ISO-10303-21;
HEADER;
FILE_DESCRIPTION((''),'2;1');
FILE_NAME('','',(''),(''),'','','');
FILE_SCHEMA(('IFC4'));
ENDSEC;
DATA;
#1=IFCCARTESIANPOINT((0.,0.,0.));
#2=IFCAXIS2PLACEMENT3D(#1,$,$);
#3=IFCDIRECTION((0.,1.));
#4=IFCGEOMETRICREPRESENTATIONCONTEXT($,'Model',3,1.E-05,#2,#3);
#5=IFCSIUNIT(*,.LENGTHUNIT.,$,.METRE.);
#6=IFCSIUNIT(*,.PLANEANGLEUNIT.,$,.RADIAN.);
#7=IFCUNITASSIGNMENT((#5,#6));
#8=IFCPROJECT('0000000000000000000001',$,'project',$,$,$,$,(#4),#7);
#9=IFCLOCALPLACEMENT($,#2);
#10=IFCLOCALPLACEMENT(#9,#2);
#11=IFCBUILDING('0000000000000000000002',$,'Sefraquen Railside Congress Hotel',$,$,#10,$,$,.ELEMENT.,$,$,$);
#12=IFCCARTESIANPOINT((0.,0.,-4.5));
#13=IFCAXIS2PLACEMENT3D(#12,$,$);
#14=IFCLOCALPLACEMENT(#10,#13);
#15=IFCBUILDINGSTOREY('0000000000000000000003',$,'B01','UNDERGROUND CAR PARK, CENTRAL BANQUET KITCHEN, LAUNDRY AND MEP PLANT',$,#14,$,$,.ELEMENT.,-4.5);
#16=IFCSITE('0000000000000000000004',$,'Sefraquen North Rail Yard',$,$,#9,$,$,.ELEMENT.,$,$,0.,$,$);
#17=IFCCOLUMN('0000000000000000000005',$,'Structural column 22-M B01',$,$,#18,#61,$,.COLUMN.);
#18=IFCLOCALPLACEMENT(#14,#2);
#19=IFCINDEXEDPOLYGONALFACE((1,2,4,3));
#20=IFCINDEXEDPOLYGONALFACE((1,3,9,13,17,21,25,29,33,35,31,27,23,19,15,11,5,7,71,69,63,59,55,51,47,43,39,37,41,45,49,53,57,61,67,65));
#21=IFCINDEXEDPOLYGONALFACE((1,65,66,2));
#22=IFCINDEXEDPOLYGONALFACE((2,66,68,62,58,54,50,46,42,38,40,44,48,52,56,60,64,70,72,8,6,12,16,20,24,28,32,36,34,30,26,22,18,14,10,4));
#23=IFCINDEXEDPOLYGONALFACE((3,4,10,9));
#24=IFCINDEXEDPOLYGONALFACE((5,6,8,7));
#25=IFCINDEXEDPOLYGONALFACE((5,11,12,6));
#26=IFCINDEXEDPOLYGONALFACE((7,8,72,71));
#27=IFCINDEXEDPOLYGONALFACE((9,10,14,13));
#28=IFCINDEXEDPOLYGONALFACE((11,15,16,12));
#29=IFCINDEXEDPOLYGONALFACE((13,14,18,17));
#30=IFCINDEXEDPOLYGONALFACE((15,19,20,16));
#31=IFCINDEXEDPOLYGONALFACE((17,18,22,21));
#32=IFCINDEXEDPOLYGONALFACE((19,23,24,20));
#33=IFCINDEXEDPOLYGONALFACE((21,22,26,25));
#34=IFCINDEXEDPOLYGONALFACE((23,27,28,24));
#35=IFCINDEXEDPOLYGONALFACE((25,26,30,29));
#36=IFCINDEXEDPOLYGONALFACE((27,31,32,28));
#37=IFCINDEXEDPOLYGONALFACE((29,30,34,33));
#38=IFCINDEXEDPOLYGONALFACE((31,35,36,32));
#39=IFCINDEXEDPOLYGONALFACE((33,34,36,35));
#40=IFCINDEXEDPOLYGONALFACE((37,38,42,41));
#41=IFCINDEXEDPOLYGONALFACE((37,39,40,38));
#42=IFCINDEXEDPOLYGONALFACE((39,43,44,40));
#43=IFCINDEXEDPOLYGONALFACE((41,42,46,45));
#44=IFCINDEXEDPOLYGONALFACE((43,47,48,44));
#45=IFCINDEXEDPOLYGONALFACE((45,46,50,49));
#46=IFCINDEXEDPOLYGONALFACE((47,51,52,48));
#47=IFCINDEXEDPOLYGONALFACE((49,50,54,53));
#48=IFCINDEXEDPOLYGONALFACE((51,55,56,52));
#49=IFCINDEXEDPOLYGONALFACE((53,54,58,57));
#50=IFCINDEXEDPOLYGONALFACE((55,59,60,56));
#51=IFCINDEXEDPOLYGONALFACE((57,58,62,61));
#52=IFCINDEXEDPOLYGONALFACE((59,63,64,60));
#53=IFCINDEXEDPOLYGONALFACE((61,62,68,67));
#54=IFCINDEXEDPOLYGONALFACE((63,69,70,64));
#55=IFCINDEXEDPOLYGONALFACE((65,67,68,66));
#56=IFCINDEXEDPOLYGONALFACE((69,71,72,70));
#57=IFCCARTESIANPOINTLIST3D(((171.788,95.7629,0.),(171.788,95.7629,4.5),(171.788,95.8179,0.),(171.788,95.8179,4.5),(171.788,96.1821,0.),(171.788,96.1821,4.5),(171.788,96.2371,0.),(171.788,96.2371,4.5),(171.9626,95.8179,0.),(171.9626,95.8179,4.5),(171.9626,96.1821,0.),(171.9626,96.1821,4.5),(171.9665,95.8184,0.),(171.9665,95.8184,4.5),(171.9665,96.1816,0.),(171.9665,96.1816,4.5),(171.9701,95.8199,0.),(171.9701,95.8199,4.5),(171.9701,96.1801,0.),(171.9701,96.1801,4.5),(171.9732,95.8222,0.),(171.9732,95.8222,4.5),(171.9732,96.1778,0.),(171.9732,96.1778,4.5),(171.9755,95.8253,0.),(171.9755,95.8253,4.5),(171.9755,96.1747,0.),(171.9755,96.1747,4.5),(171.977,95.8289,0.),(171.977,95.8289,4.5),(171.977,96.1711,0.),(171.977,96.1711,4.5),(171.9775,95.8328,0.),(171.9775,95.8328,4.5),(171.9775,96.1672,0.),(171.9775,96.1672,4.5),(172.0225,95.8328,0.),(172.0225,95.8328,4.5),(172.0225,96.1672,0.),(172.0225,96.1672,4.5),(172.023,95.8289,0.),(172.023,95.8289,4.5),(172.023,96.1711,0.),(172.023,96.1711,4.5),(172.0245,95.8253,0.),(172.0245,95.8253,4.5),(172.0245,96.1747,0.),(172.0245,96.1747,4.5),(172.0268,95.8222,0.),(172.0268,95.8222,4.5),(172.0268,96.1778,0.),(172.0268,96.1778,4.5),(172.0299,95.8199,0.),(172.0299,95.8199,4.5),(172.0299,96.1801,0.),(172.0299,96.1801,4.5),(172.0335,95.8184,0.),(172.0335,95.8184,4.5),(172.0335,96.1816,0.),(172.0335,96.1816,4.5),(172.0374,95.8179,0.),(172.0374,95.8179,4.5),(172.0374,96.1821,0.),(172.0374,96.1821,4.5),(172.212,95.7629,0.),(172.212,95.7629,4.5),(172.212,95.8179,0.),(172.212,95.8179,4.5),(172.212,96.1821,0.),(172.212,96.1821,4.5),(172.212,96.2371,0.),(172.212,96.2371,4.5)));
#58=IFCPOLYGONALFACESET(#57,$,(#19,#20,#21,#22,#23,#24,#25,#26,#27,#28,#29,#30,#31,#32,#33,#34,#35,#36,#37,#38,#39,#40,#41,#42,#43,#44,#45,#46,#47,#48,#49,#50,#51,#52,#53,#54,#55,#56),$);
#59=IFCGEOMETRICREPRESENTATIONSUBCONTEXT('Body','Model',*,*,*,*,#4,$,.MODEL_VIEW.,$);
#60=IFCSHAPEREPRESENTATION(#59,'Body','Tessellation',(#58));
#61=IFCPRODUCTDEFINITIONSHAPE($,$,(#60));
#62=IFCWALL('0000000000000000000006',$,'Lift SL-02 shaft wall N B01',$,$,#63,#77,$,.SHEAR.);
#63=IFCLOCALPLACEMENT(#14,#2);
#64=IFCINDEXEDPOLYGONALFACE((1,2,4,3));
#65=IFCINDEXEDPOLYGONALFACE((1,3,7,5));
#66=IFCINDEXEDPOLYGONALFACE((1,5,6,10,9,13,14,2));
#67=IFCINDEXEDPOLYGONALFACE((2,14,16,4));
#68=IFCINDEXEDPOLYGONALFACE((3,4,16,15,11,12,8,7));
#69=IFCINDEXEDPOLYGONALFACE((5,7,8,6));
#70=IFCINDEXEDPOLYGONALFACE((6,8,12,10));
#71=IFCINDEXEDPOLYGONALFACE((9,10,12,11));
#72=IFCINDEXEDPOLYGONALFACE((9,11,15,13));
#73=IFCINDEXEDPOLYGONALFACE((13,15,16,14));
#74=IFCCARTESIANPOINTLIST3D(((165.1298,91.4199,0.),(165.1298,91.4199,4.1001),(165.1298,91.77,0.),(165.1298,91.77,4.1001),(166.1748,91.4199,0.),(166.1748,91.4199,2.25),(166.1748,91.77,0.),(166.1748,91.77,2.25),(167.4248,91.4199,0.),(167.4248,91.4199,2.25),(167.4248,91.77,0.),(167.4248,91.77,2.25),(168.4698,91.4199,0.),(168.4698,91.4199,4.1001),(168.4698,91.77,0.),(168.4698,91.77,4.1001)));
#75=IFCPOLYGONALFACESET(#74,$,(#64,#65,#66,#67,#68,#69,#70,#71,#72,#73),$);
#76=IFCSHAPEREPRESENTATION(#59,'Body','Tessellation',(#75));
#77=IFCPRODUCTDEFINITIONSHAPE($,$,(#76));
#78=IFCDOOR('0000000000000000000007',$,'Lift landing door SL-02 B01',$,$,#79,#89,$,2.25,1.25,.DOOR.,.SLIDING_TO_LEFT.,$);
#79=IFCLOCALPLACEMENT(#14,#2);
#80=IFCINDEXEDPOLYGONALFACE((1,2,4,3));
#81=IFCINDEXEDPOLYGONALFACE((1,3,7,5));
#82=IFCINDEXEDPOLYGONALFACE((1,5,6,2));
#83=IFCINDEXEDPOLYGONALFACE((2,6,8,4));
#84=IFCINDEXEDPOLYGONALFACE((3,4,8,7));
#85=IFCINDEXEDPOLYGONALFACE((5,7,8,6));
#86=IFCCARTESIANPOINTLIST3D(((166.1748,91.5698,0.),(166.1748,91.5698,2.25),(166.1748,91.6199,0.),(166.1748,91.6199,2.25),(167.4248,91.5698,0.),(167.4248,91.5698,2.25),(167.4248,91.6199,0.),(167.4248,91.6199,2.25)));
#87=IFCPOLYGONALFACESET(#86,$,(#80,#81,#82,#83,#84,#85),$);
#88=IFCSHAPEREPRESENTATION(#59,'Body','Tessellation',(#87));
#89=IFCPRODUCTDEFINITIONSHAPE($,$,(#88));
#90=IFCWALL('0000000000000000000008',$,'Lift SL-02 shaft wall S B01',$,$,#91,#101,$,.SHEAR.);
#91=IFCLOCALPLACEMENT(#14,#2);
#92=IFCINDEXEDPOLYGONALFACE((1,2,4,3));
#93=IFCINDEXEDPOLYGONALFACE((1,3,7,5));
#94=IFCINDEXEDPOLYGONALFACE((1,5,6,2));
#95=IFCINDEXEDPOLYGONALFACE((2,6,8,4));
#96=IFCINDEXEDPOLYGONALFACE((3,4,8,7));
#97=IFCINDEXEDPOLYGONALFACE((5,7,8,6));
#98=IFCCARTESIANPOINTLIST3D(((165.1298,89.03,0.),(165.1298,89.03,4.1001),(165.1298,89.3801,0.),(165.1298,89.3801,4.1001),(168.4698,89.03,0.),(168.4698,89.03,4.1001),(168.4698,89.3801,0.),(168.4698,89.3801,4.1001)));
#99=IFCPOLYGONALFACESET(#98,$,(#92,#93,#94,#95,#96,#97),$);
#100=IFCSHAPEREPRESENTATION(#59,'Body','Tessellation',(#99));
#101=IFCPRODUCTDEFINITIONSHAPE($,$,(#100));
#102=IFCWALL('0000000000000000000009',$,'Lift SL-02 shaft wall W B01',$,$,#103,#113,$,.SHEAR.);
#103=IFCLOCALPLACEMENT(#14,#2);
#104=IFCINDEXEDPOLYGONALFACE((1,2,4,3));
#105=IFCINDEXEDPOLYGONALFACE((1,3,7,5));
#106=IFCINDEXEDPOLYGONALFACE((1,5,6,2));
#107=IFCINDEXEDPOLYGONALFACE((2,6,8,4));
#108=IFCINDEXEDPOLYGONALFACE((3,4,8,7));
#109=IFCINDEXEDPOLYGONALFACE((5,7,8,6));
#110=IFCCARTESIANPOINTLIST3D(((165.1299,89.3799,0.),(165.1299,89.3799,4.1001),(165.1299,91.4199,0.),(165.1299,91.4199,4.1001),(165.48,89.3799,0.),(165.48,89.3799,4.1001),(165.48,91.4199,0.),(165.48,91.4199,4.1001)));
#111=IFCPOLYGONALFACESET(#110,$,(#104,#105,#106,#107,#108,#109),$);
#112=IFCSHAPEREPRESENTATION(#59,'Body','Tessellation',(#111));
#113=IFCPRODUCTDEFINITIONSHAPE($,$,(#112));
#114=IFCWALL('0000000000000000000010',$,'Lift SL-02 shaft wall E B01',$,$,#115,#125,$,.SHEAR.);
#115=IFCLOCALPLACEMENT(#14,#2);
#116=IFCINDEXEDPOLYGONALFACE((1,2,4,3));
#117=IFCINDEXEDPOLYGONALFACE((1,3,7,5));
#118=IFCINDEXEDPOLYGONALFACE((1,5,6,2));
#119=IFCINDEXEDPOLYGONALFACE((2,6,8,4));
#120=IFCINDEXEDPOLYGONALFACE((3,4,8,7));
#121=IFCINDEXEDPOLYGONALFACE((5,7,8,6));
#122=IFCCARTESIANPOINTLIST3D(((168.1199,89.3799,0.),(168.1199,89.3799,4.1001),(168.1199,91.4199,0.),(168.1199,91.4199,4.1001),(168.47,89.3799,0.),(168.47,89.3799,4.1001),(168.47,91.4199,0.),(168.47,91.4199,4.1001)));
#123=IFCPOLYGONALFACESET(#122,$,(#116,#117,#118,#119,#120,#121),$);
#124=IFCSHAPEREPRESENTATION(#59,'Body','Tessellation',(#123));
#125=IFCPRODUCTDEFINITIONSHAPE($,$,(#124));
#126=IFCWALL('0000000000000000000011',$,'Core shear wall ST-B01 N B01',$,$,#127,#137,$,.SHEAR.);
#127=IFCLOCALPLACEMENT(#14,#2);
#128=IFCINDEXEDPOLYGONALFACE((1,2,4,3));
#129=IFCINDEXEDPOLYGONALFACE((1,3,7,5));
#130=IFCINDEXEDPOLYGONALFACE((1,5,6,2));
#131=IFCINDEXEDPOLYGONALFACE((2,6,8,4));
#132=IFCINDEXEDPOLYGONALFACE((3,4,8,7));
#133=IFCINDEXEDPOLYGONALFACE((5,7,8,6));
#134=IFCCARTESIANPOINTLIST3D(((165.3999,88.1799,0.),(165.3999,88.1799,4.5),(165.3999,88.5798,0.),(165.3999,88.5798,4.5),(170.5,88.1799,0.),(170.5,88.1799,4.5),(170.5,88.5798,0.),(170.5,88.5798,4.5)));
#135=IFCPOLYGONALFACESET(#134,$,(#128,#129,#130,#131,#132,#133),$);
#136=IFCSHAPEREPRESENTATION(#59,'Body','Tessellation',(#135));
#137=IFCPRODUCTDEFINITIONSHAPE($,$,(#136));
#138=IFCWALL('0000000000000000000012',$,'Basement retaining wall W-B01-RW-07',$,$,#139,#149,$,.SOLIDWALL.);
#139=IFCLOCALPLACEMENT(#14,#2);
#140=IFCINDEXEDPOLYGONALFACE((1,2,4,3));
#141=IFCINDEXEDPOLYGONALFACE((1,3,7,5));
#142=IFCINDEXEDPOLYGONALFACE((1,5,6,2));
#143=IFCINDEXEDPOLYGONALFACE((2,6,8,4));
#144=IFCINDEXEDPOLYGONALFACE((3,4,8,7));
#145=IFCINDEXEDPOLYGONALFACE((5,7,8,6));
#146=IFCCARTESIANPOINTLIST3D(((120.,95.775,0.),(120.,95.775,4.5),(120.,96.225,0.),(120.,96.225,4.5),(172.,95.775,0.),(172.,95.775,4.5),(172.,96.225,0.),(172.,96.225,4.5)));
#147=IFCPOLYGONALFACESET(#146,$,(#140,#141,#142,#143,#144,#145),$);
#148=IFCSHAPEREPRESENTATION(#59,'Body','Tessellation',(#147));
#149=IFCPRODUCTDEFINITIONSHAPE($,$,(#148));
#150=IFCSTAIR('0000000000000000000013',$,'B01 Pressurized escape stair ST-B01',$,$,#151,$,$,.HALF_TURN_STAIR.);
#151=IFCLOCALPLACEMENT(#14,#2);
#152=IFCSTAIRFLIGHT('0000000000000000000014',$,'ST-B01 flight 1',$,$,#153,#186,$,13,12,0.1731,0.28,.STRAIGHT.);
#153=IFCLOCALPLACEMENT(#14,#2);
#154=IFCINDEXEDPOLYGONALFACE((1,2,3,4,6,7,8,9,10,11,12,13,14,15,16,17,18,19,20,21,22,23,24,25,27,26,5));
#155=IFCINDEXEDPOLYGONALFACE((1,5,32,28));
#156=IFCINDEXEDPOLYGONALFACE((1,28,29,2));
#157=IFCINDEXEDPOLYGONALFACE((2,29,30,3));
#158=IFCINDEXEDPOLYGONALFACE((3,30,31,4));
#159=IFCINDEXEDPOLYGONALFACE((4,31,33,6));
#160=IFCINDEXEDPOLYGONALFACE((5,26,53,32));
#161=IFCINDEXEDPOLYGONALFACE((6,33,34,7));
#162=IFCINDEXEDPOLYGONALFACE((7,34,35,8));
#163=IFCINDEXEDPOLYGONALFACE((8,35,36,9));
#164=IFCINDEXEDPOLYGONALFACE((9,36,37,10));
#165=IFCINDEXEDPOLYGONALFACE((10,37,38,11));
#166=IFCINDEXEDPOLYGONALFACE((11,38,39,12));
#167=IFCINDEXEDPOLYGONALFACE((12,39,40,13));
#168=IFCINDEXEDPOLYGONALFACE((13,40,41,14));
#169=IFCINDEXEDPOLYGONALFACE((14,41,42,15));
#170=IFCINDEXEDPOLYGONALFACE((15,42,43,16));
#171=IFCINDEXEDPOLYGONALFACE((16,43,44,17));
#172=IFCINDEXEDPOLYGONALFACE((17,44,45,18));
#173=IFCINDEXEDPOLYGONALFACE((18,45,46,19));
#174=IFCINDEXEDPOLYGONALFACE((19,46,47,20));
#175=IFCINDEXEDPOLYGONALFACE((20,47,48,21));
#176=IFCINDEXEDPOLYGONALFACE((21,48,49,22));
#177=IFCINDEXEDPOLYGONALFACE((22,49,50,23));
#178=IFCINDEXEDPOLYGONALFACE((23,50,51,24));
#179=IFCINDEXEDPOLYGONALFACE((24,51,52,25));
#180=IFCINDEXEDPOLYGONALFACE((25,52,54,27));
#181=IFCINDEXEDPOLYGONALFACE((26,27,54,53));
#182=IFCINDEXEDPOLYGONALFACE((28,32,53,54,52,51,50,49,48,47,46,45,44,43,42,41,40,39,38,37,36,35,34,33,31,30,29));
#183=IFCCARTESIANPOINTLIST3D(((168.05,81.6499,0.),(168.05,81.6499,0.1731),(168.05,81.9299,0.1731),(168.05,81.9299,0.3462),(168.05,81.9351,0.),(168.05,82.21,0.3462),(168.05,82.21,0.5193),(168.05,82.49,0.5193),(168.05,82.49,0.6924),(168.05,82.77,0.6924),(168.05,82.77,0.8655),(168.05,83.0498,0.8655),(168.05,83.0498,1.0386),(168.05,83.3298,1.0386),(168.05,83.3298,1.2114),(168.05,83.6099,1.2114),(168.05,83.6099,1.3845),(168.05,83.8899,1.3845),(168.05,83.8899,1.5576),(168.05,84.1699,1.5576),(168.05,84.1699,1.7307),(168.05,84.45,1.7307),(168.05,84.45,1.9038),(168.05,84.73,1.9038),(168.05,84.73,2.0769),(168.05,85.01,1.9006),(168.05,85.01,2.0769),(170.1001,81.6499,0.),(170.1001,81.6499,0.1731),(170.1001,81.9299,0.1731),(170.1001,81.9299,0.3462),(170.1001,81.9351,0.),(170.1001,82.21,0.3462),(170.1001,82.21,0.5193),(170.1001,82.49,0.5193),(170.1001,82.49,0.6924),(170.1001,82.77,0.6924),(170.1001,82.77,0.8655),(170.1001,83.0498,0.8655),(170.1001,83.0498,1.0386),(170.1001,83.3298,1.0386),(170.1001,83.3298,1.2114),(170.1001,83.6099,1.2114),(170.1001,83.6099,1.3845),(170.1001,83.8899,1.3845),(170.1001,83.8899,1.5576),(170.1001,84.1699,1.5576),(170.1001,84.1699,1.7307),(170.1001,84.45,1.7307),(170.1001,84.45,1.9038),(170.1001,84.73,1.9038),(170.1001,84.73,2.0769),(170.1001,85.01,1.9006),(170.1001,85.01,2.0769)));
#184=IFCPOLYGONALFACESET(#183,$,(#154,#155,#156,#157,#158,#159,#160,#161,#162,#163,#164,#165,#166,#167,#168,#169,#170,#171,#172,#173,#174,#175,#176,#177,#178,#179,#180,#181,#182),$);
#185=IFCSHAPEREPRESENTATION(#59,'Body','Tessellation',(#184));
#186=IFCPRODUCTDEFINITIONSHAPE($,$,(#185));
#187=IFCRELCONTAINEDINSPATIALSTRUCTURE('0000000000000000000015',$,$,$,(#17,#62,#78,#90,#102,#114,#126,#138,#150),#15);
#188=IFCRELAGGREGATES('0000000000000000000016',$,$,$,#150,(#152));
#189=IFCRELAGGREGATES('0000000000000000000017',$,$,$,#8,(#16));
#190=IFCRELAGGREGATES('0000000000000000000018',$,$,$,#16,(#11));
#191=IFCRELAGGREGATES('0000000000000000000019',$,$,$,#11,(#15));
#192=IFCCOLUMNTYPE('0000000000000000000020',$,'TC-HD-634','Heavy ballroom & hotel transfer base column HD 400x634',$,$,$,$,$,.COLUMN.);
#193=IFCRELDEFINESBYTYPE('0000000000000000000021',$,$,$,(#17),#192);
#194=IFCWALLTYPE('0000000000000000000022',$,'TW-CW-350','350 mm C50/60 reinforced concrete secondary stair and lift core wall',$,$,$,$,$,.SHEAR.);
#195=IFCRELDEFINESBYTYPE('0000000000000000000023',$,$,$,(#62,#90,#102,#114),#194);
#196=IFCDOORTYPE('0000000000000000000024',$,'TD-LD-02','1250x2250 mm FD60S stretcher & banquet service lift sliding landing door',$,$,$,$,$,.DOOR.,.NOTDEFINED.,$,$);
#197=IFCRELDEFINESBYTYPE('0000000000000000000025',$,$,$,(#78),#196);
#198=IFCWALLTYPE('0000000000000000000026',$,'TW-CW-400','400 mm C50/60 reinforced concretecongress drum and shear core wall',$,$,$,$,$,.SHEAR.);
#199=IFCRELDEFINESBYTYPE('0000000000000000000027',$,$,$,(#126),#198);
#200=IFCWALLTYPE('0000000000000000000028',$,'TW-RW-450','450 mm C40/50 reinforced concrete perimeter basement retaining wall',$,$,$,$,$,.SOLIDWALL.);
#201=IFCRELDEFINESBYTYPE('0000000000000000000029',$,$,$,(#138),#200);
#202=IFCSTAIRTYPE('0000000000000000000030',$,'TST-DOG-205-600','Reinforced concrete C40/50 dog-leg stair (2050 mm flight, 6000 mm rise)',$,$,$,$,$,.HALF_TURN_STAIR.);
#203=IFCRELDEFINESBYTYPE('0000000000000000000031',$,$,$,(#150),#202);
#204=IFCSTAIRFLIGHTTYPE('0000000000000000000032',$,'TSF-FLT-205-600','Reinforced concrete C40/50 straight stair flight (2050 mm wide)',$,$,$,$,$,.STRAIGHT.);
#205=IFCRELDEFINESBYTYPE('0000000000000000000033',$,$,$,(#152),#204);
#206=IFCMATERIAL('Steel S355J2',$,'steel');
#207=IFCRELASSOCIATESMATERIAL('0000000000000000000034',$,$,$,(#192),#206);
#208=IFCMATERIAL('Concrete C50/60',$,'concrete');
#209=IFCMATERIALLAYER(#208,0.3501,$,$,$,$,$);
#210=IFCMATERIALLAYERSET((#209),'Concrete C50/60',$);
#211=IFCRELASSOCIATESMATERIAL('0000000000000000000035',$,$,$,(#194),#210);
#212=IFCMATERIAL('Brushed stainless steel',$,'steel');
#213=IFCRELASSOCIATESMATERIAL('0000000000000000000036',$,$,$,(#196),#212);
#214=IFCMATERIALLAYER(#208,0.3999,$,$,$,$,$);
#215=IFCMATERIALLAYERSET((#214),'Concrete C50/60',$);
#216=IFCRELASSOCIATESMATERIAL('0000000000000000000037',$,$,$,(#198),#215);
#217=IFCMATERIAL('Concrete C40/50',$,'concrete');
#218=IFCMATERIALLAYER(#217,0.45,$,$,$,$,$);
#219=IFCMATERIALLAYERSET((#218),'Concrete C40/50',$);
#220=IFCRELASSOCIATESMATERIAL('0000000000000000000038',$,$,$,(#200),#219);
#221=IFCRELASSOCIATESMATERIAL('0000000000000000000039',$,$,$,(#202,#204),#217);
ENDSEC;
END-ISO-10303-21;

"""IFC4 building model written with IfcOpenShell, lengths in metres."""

from ifc_helpers import new_model, si_unit, direction, frame, frame_2d, origin, origin_2d, place, context, subcontext, project, spatial, polyline, rectangle, i_section, outline, extrude, material, layer, layer_set, material_profile, profile_set, type_object, element, fill, aggregate, save


model = new_model("IFC4")

# Units and contexts
model_context = context("Model", 3, precision=1e-05, world=origin(), true_north=direction((0.0, 1.0)))
body_context = subcontext(model_context, "Body", "Model", "MODEL_VIEW")
ifc_project = project(units=[si_unit("LENGTHUNIT", "METRE"), si_unit("PLANEANGLEUNIT", "RADIAN")], contexts=[model_context])

# Site, building, storey
site_placement = place(None, origin())
site = spatial("IfcSite", under=ifc_project, at=site_placement, Name="Sefraquen North Rail Yard", CompositionType="ELEMENT", RefElevation=0.0)
building_placement = place(site_placement, origin())
building = spatial("IfcBuilding", under=site, at=building_placement, Name="Sefraquen Railside Congress Hotel", CompositionType="ELEMENT")
storey_placement = place(building_placement, frame((0.0, 0.0, -4.5)))
storey = spatial("IfcBuildingStorey", under=building, at=storey_placement, Name="B01", Description="UNDERGROUND CAR PARK, CENTRAL BANQUET KITCHEN, LAUNDRY AND MEP PLANT", CompositionType="ELEMENT", Elevation=-4.5)

# Shared definitions
ifc_material_1 = material(Name="Concrete C40/50", Category="concrete")

# Column
ifc_material_2 = material(Name="Steel S355J2", Category="steel")
ifc_material_profile_1 = material_profile(ifc_material_2, i_section(OverallWidth=0.4241, OverallDepth=0.4741, WebThickness=0.0449, FlangeThickness=0.0549, FilletRadius=0.0149, at=origin_2d()), Name="HD 400x634")
ifc_profile_set_1 = profile_set([ifc_material_profile_1], Name="Steel S355J2")
column_type = type_object("IfcColumnType", Name="TC-HD-634", Description="Heavy ballroom & hotel transfer base column HD 400x634", PredefinedType="COLUMN", material=ifc_profile_set_1)
for number, where, z_axis, x_axis, name in (
    (1, (172.0, 96.0, 0.0), (0.0, 0.0, 1.0), (1.0, 0.0, 0.0), "Structural column 22-M B01"),
):
    element("IfcColumn", number, at=place(storey_placement, frame(where, z_axis=z_axis, x_axis=x_axis)), inside=storey, type_object=column_type, Name=name, PredefinedType="COLUMN", context=body_context, shape_type="SweptSolid", body=[
        extrude(i_section(OverallWidth=0.4241, OverallDepth=0.4741, WebThickness=0.0449, FlangeThickness=0.0549, FilletRadius=0.0149, at=origin_2d()), origin(), (0.0, 0.0, 1.0), 4.5),
    ])

# Wall, opening, door
ifc_material_3 = material(Name="Concrete C50/60", Category="concrete")
ifc_layer_1 = layer(ifc_material_3, 0.3501)
ifc_layer_set_1 = layer_set([ifc_layer_1], Name="Concrete C50/60")
wall_type_1 = type_object("IfcWallType", Name="TW-CW-350", Description="350 mm C50/60 reinforced concrete secondary stair and lift core wall", PredefinedType="SHEAR", material=ifc_layer_set_1)
wall_1_placement = place(storey_placement, frame((165.1299, 91.595, 0.0), z_axis=(0.0, 0.0, 1.0), x_axis=(1.0, 0.0, 0.0)))
wall_1 = element("IfcWall", 2, at=wall_1_placement, inside=storey, type_object=wall_type_1, Name="Lift SL-02 shaft wall N B01", PredefinedType="SHEAR", context=body_context, shape_type="SweptSolid", body=[
    extrude(rectangle(XDim=3.3401, YDim=0.3501, at=frame_2d((1.6699, 0.0))), origin(), (0.0, 0.0, 1.0), 4.1001),
])
opening_placement = place(wall_1_placement, frame((1.0449, 0.0, 0.0)))
opening = element("IfcOpeningElement", 3, at=opening_placement, cuts=wall_1, PredefinedType="OPENING", context=body_context, shape_type="SweptSolid", body=[
    extrude(rectangle(XDim=1.25, YDim=2.25, at=frame_2d((0.625, 1.125))), frame((0.0, 0.1851, 0.0), z_axis=(0.0, -1.0, 0.0), x_axis=(1.0, 0.0, 0.0)), (0.0, 0.0, 1.0), 0.3701),
])
ifc_material_4 = material(Name="Brushed stainless steel", Category="steel")
door_type = type_object("IfcDoorType", Name="TD-LD-02", Description="1250x2250 mm FD60S stretcher & banquet service lift sliding landing door", OperationType="NOTDEFINED", PredefinedType="DOOR", material=ifc_material_4)
door_placement = place(opening_placement, origin())
door = element("IfcDoor", 4, at=door_placement, inside=storey, type_object=door_type, Name="Lift landing door SL-02 B01", OperationType="SLIDING_TO_LEFT", OverallHeight=2.25, OverallWidth=1.25, PredefinedType="DOOR", context=body_context, shape_type="SweptSolid", body=[
    extrude(rectangle(XDim=1.25, YDim=2.25, at=frame_2d((0.625, 1.125))), frame((0.0, 0.0249, 0.0), z_axis=(0.0, -1.0, 0.0), x_axis=(1.0, 0.0, 0.0)), (0.0, 0.0, 1.0), 0.05),
])
fill(opening, door)

# Walls
wall_2_placement = place(storey_placement, frame((165.1299, 89.2051, 0.0), z_axis=(0.0, 0.0, 1.0), x_axis=(1.0, 0.0, 0.0)))
element("IfcWall", 5, at=wall_2_placement, inside=storey, type_object=wall_type_1, Name="Lift SL-02 shaft wall S B01", PredefinedType="SHEAR", context=body_context, shape_type="SweptSolid", body=[
    extrude(rectangle(XDim=3.3401, YDim=0.3501, at=frame_2d((1.6699, 0.0))), origin(), (0.0, 0.0, 1.0), 4.1001),
])
for number, where, z_axis, x_axis, name in (
    (6, (165.3049, 89.3799, 0.0), (0.0, 0.0, 1.0), (0.0, 1.0, 0.0), "Lift SL-02 shaft wall W B01"),
    (7, (168.2949, 89.3799, 0.0), (0.0, 0.0, 1.0), (0.0, 1.0, 0.0), "Lift SL-02 shaft wall E B01"),
):
    element("IfcWall", number, at=place(storey_placement, frame(where, z_axis=z_axis, x_axis=x_axis)), inside=storey, type_object=wall_type_1, Name=name, PredefinedType="SHEAR", context=body_context, shape_type="SweptSolid", body=[
        extrude(rectangle(XDim=2.04, YDim=0.3501, at=frame_2d((1.02, 0.0))), origin(), (0.0, 0.0, 1.0), 4.1001),
    ])
ifc_layer_2 = layer(ifc_material_3, 0.3999)
ifc_layer_set_2 = layer_set([ifc_layer_2], Name="Concrete C50/60")
wall_type_2 = type_object("IfcWallType", Name="TW-CW-400", Description="400 mm C50/60 reinforced concretecongress drum and shear core wall", PredefinedType="SHEAR", material=ifc_layer_set_2)
wall_3_placement = place(storey_placement, frame((165.3999, 88.3799, 0.0), z_axis=(0.0, 0.0, 1.0), x_axis=(1.0, 0.0, 0.0)))
element("IfcWall", 8, at=wall_3_placement, inside=storey, type_object=wall_type_2, Name="Core shear wall ST-B01 N B01", PredefinedType="SHEAR", context=body_context, shape_type="SweptSolid", body=[
    extrude(rectangle(XDim=5.1001, YDim=0.3999, at=frame_2d((2.55, 0.0))), origin(), (0.0, 0.0, 1.0), 4.5),
])
ifc_layer_3 = layer(ifc_material_1, 0.45)
ifc_layer_set_3 = layer_set([ifc_layer_3], Name="Concrete C40/50")
wall_type_3 = type_object("IfcWallType", Name="TW-RW-450", Description="450 mm C40/50 reinforced concrete perimeter basement retaining wall", PredefinedType="SOLIDWALL", material=ifc_layer_set_3)
wall_4_placement = place(storey_placement, frame((172.0, 96.0, 0.0), z_axis=(0.0, 0.0, 1.0), x_axis=(-1.0, 0.0, 0.0)))
element("IfcWall", 9, at=wall_4_placement, inside=storey, type_object=wall_type_3, Name="Basement retaining wall W-B01-RW-07", PredefinedType="SOLIDWALL", context=body_context, shape_type="SweptSolid", body=[
    extrude(rectangle(XDim=52.0, YDim=0.45, at=frame_2d((26.0, 0.0))), origin(), (0.0, 0.0, 1.0), 4.5),
])

# Stair, stair flight
stair_type = type_object("IfcStairType", Name="TST-DOG-205-600", Description="Reinforced concrete C40/50 dog-leg stair (2050 mm flight, 6000 mm rise)", PredefinedType="HALF_TURN_STAIR", material=ifc_material_1)
stair_placement = place(storey_placement, origin())
stair = element("IfcStair", 10, at=stair_placement, inside=storey, type_object=stair_type, Name="B01 Pressurized escape stair ST-B01", PredefinedType="HALF_TURN_STAIR")
stair_flight_type = type_object("IfcStairFlightType", Name="TSF-FLT-205-600", Description="Reinforced concrete C40/50 straight stair flight (2050 mm wide)", PredefinedType="STRAIGHT", material=ifc_material_1)
stair_flight_1_placement = place(storey_placement, frame((169.075, 81.6499, 0.0), z_axis=(0.0, 0.0, 1.0), x_axis=(0.0, 1.0, 0.0)))
stair_flight_1 = element("IfcStairFlight", 11, at=stair_flight_1_placement, type_object=stair_flight_type, Name="ST-B01 flight 1", NumberOfRisers=13, NumberOfTreads=12, PredefinedType="STRAIGHT", RiserHeight=0.1731, TreadLength=0.28, context=body_context, shape_type="SweptSolid", body=[
    extrude(outline(polyline([(0.0, 0.0), (0.0, 0.1731), (0.28, 0.1731), (0.28, 0.3462), (0.5601, 0.3462), (0.5601, 0.5193), (0.8401, 0.5193), (0.8401, 0.6924), (1.1201, 0.6924), (1.1201, 0.8655), (1.3999, 0.8655), (1.3999, 1.0386), (1.6799, 1.0386), (1.6799, 1.2114), (1.96, 1.2114), (1.96, 1.3845), (2.24, 1.3845), (2.24, 1.5576), (2.52, 1.5576), (2.52, 1.7307), (2.8, 1.7307), (2.8, 1.9038), (3.0801, 1.9038), (3.0801, 2.0769), (3.3601, 2.0769), (3.3601, 2.25), (3.3601, 1.9006), (0.2852, 0.0), (0.0, 0.0)])), frame((0.0, 1.0249, 0.0), z_axis=(0.0, -1.0, 0.0), x_axis=(1.0, 0.0, 0.0)), (0.0, 0.0, 1.0), 2.05),
])
aggregate(stair, [stair_flight_1])

save(model, "model.ifc")
